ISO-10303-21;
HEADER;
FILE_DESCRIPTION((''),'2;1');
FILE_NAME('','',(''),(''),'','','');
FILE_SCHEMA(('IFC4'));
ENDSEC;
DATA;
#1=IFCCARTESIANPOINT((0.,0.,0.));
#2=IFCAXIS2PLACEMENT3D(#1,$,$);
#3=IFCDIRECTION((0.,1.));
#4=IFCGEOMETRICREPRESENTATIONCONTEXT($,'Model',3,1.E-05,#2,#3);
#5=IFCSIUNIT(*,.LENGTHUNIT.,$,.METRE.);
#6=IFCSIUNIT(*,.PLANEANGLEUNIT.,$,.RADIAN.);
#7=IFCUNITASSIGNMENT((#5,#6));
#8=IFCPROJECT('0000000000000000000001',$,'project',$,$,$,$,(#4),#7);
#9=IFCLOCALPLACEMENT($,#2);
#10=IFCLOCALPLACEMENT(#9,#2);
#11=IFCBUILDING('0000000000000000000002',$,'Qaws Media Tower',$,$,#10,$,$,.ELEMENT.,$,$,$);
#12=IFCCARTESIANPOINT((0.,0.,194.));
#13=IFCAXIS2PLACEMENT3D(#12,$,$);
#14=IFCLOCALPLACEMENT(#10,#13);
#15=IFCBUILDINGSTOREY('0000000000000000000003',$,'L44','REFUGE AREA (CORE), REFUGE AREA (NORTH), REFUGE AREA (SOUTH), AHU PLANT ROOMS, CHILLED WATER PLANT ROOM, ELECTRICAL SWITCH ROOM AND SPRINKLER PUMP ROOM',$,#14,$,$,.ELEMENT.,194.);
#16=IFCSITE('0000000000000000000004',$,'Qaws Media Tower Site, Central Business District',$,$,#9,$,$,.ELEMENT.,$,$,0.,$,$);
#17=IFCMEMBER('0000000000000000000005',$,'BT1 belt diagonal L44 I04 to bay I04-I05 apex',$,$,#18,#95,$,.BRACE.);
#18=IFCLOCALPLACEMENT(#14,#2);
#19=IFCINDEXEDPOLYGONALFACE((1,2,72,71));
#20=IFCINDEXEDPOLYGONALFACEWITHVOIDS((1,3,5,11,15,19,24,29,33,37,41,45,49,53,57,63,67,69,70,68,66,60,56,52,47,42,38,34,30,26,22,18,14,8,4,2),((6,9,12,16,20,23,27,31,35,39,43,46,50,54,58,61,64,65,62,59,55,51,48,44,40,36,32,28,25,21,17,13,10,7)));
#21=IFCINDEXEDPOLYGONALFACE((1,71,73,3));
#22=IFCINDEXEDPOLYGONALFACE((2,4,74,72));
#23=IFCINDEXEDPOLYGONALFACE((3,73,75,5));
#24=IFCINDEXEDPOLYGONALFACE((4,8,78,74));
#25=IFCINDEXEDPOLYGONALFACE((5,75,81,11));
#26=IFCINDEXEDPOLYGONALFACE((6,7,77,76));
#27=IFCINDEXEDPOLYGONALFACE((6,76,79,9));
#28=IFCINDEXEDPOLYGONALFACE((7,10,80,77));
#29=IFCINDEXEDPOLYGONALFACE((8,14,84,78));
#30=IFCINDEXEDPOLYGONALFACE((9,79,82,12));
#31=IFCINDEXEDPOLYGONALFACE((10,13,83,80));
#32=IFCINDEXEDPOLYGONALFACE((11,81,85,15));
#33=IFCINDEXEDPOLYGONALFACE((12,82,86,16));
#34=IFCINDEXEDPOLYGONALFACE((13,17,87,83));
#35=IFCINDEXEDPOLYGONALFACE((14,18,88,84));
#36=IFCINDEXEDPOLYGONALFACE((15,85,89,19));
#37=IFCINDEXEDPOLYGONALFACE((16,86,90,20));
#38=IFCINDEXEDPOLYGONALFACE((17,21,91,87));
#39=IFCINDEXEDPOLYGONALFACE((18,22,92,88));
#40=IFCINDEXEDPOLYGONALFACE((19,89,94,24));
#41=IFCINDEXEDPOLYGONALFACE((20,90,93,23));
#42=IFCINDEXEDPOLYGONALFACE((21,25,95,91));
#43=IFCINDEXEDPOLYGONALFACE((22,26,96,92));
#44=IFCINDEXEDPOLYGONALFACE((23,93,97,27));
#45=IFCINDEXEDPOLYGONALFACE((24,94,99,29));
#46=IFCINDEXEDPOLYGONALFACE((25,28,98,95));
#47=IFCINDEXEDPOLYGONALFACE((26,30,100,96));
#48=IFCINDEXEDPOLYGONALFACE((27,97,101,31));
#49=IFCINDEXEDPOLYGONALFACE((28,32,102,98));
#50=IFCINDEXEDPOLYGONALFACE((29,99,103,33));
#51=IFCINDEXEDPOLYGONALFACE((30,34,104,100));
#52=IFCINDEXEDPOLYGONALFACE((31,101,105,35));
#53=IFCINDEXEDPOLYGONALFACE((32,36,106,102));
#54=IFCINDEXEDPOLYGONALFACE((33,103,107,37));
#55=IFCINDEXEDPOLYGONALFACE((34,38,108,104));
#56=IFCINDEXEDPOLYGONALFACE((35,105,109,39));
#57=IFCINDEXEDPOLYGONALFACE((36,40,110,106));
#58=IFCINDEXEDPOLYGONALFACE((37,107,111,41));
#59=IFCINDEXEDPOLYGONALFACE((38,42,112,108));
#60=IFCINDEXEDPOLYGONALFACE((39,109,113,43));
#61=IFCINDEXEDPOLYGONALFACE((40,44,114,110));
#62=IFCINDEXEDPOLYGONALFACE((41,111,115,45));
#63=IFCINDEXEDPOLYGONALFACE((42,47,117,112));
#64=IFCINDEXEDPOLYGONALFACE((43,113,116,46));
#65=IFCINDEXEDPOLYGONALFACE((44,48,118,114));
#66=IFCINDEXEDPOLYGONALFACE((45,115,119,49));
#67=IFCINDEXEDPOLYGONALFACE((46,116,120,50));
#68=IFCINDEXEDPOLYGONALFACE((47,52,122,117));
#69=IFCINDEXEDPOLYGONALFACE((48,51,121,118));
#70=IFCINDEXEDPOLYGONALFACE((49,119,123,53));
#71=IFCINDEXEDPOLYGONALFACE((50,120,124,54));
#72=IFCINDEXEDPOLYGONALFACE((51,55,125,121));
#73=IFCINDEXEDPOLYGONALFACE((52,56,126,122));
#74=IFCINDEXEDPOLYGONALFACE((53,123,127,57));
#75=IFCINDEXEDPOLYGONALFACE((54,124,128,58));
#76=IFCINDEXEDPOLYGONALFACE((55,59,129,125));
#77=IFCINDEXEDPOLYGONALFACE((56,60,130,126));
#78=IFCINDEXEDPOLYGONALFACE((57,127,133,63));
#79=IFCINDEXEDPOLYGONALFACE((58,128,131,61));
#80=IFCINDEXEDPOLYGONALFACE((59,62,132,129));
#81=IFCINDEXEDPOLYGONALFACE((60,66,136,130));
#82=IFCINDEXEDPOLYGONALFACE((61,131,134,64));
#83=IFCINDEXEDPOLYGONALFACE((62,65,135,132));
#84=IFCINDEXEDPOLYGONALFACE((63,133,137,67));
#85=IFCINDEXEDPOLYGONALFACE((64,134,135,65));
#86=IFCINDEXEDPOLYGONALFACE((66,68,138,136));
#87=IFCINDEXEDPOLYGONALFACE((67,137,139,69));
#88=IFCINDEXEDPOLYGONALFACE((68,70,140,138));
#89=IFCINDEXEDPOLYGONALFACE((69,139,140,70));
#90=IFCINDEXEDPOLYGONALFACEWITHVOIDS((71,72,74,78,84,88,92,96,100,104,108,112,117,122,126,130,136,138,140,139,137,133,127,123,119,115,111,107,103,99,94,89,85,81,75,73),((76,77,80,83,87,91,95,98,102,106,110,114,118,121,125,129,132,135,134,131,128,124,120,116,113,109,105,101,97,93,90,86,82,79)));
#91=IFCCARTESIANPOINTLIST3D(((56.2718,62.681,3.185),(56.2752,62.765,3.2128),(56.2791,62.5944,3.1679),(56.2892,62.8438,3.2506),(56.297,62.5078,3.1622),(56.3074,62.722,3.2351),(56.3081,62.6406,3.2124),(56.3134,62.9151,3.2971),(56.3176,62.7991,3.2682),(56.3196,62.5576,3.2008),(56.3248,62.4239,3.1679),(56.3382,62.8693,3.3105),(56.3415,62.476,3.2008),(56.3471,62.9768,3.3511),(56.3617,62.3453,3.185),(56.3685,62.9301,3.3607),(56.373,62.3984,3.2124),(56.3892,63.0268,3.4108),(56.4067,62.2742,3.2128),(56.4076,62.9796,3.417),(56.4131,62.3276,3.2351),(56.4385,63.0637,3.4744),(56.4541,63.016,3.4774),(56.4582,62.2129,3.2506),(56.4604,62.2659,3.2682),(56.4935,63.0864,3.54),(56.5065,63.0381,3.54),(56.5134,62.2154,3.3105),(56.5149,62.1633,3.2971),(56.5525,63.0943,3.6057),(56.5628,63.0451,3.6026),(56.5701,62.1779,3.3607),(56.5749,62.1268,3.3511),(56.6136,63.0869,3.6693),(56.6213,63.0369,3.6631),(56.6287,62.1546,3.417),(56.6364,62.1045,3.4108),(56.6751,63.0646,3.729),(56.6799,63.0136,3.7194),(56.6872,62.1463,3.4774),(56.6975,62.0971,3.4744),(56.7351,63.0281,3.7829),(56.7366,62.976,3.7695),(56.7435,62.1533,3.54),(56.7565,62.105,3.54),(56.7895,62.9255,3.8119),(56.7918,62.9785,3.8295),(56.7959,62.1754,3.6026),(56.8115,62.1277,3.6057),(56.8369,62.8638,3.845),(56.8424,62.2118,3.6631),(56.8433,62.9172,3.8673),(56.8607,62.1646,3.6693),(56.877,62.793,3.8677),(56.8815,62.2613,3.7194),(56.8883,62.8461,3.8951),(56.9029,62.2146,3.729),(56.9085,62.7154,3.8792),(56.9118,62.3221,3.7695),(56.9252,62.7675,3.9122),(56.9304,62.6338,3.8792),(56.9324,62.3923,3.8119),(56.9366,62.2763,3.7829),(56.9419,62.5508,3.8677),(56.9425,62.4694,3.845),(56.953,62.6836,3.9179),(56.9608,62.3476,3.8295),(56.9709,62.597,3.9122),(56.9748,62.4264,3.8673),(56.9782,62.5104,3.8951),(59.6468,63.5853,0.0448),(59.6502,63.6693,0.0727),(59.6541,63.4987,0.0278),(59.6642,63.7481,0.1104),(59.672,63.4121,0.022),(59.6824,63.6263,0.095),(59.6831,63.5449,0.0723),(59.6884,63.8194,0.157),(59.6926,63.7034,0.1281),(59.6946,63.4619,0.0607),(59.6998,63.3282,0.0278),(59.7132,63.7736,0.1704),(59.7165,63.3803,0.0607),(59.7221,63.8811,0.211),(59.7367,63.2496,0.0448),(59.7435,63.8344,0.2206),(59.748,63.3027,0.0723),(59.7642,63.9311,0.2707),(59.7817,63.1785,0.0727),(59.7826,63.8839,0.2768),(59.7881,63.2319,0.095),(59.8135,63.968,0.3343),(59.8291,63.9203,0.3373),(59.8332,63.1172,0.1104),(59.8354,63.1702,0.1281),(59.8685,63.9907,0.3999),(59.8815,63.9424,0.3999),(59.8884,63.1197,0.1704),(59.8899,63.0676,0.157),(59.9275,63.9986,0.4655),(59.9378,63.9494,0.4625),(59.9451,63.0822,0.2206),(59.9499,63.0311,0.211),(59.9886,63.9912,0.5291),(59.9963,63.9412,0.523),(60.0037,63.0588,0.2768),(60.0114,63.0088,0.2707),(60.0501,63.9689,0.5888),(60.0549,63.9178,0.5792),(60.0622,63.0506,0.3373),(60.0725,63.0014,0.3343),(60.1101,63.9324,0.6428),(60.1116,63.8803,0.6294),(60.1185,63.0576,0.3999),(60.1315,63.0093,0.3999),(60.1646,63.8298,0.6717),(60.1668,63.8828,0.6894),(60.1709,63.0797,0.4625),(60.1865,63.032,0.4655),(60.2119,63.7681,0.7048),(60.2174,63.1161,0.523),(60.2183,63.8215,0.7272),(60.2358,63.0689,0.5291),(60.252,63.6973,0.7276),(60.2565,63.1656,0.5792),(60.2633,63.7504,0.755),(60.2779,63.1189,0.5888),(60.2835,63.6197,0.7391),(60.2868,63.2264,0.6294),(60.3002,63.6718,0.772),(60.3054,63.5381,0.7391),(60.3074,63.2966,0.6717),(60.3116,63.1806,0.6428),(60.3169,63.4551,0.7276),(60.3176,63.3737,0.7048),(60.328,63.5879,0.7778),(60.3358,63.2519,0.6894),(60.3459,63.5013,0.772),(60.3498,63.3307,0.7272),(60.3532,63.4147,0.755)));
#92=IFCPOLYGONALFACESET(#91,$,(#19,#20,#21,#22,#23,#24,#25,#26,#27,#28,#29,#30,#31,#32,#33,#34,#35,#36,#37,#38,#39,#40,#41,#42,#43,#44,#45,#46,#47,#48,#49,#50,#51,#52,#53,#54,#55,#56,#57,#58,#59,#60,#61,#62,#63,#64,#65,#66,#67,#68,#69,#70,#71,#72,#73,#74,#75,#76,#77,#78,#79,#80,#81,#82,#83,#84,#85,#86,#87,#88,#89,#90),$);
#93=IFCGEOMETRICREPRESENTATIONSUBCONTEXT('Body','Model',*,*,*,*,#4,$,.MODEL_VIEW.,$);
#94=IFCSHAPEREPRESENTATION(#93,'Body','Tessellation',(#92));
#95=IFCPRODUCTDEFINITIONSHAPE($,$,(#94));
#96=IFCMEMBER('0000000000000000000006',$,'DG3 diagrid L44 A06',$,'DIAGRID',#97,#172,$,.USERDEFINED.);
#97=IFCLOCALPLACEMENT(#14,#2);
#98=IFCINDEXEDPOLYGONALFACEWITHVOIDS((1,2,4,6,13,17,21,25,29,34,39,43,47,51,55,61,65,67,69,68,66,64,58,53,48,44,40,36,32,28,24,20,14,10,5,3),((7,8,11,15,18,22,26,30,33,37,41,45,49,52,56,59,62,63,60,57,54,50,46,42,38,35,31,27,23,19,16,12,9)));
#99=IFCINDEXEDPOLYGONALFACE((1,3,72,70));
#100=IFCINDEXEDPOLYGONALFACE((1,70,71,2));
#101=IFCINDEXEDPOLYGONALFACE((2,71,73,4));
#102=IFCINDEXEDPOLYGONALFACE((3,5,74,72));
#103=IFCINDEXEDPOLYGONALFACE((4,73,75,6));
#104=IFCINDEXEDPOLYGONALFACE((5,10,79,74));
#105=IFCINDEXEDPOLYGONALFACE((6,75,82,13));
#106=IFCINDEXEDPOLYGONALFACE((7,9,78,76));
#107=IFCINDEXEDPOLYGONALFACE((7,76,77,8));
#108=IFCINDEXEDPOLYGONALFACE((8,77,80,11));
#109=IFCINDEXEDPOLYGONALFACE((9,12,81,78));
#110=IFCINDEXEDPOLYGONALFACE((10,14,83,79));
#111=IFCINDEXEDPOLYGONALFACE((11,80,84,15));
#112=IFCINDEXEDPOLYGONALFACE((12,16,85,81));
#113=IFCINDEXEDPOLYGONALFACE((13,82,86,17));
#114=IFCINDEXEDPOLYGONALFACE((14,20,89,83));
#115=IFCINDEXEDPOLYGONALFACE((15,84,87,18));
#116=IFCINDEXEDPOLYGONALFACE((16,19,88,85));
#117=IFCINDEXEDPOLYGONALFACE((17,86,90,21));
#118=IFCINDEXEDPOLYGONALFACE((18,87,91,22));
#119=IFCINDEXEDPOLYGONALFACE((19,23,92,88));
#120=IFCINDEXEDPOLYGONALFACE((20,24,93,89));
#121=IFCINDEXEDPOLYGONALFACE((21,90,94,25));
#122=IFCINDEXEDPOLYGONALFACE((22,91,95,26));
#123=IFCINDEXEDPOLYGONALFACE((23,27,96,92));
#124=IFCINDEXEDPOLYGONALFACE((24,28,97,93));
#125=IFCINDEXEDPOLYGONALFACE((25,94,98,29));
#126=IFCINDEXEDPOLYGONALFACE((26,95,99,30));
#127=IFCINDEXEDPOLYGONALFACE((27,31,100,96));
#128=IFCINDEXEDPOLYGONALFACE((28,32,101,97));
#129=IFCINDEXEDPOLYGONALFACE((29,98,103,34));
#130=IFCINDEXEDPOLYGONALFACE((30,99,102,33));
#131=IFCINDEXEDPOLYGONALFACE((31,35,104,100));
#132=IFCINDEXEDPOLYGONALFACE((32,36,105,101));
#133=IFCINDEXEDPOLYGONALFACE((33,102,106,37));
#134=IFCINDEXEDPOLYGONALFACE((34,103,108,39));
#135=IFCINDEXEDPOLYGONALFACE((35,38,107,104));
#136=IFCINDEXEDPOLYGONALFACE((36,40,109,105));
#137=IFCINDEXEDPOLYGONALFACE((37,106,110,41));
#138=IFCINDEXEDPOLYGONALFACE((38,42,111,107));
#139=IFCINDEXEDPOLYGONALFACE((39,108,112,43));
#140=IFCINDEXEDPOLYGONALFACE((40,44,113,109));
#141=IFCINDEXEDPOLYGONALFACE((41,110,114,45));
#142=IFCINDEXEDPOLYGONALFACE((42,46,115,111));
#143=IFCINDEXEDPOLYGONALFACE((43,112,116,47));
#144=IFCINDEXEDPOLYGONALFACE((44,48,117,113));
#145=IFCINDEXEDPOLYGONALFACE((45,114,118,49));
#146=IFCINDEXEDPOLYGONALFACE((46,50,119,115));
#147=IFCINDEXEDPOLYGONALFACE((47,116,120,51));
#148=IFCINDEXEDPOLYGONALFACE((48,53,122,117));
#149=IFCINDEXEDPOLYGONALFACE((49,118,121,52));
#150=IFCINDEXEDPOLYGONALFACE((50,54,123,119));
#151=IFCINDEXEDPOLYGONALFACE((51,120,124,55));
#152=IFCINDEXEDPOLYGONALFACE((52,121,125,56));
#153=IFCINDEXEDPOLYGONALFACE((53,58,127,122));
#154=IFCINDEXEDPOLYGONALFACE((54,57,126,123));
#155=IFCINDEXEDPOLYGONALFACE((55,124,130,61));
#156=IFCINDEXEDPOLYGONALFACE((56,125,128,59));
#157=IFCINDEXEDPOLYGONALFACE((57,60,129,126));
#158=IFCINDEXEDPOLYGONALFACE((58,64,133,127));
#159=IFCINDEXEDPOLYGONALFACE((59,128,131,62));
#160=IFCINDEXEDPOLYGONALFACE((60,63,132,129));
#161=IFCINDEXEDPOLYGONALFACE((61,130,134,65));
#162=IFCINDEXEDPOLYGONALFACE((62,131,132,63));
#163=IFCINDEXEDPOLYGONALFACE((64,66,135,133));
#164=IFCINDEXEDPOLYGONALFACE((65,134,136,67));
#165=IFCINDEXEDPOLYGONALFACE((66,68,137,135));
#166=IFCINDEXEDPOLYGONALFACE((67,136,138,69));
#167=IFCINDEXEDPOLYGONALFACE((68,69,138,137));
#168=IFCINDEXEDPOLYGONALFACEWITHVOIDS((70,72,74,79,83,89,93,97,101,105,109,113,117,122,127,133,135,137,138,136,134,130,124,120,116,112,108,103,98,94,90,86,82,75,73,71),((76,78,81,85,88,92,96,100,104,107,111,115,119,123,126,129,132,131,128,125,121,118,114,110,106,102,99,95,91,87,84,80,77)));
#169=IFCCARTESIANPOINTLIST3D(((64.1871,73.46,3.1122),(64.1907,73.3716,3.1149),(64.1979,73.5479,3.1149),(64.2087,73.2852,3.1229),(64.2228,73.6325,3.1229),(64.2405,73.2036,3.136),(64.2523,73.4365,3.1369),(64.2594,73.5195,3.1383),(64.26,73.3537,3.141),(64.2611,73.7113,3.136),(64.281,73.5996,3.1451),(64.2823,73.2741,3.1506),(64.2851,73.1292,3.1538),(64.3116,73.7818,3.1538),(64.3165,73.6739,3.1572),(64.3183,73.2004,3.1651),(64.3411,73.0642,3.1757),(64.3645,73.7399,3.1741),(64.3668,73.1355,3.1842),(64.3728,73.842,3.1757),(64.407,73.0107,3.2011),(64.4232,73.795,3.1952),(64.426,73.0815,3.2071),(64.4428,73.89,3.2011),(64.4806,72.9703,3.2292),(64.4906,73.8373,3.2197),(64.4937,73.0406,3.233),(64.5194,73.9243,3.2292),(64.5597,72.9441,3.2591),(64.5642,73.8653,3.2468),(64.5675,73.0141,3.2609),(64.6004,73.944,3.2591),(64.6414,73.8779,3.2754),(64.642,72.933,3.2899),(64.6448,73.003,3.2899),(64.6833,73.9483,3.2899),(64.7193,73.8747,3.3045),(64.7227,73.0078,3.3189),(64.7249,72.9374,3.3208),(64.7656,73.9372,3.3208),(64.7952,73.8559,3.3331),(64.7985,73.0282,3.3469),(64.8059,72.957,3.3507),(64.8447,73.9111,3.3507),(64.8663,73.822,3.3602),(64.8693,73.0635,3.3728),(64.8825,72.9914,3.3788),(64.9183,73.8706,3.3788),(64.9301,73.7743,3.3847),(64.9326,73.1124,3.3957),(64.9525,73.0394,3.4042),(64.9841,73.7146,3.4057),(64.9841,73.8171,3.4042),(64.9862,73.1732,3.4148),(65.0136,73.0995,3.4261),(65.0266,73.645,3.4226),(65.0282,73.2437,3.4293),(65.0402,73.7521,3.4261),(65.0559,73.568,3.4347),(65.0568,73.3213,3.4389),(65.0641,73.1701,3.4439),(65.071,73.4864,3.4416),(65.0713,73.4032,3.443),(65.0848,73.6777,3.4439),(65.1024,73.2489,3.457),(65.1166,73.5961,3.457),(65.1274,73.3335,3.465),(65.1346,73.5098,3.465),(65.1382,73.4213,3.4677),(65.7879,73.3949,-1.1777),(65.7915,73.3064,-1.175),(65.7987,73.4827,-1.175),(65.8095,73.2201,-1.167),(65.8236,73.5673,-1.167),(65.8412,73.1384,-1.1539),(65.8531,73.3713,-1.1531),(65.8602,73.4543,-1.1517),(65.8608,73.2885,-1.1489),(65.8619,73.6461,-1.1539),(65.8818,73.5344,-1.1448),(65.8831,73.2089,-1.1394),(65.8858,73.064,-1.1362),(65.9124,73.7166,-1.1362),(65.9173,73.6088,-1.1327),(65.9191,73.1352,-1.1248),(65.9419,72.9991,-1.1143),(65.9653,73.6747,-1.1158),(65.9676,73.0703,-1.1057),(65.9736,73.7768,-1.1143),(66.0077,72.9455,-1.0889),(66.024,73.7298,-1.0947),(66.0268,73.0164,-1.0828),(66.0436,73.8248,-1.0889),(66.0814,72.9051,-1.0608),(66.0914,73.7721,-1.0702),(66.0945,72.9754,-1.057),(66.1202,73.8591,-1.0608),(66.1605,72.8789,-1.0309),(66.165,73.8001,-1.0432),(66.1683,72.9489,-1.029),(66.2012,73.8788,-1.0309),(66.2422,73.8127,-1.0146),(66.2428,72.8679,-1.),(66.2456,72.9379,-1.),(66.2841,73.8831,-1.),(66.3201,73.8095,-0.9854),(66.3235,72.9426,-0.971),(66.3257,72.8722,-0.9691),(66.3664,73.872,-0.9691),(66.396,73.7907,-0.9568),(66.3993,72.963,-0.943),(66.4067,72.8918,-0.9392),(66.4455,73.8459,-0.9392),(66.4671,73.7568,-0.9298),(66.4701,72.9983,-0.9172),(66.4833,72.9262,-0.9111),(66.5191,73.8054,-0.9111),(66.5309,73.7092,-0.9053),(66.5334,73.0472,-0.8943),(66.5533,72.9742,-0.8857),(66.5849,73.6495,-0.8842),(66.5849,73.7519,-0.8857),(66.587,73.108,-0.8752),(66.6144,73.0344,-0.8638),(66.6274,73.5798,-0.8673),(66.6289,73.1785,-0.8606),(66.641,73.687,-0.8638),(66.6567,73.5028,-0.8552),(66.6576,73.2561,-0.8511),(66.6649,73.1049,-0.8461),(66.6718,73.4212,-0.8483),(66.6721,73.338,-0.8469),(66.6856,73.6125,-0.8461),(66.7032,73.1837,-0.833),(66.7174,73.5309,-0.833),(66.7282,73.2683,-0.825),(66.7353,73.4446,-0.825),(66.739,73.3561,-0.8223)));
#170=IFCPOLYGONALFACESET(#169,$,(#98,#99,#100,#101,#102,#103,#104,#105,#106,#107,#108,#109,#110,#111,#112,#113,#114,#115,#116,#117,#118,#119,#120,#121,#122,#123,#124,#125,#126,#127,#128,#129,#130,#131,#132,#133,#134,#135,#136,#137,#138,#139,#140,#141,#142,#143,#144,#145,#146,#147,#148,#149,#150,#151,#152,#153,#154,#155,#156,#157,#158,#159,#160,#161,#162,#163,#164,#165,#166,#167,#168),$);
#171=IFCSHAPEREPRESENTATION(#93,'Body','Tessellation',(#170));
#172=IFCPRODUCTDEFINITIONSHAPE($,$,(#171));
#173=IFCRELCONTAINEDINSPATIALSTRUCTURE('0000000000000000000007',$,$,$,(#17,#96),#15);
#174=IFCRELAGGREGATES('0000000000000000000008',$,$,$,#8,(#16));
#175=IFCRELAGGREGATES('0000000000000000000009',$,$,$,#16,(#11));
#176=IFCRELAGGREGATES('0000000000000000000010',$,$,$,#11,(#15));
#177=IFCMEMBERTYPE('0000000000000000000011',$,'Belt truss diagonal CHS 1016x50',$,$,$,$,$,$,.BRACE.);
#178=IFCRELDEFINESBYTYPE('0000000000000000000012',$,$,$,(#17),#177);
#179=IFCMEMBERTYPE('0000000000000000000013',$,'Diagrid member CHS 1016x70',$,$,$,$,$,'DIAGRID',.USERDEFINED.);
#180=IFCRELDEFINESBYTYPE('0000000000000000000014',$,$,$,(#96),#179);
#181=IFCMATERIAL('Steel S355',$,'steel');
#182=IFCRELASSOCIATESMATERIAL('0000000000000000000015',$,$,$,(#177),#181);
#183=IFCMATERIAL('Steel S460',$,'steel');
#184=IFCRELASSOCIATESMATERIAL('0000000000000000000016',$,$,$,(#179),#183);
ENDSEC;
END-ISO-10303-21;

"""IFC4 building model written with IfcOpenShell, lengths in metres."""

from ifc_helpers import new_model, si_unit, direction, frame, origin, origin_2d, place, context, subcontext, project, spatial, hollow_circle, extrude, material, material_profile, profile_set, type_object, element, save


model = new_model("IFC4")

# Units and contexts
model_context = context("Model", 3, precision=1e-05, world=origin(), true_north=direction((0.0, 1.0)))
body_context = subcontext(model_context, "Body", "Model", "MODEL_VIEW")
ifc_project = project(units=[si_unit("LENGTHUNIT", "METRE"), si_unit("PLANEANGLEUNIT", "RADIAN")], contexts=[model_context])

# Site, building, storey
site_placement = place(None, origin())
site = spatial("IfcSite", under=ifc_project, at=site_placement, Name="Qaws Media Tower Site, Central Business District", CompositionType="ELEMENT", RefElevation=0.0)
building_placement = place(site_placement, origin())
building = spatial("IfcBuilding", under=site, at=building_placement, Name="Qaws Media Tower", CompositionType="ELEMENT")
storey_placement = place(building_placement, frame((0.0, 0.0, 194.0)))
storey = spatial("IfcBuildingStorey", under=building, at=storey_placement, Name="L44", Description="REFUGE AREA (CORE), REFUGE AREA (NORTH), REFUGE AREA (SOUTH), AHU PLANT ROOMS, CHILLED WATER PLANT ROOM, ELECTRICAL SWITCH ROOM AND SPRINKLER PUMP ROOM", CompositionType="ELEMENT", Elevation=194.0)

# Members
ifc_material_1 = material(Name="Steel S355", Category="steel")
ifc_material_profile_1 = material_profile(ifc_material_1, hollow_circle(Radius=0.5081, WallThickness=0.05, at=origin_2d()), Name="CHS 1016x50")
ifc_profile_set_1 = profile_set([ifc_material_profile_1], Name="Steel S355")
member_type_1 = type_object("IfcMemberType", Name="Belt truss diagonal CHS 1016x50", PredefinedType="BRACE", material=ifc_profile_set_1)
for number, where, z_axis, x_axis, name in (
    (1, (60.0, 63.5, 0.3999), (-0.718429, -0.192496, 0.668434), (0.258811, -0.965928, 0.0), "BT1 belt diagonal L44 I04 to bay I04-I05 apex"),
):
    element("IfcMember", number, at=place(storey_placement, frame(where, z_axis=z_axis, x_axis=x_axis)), inside=storey, type_object=member_type_1, Name=name, PredefinedType="BRACE", context=body_context, shape_type="SweptSolid", body=[
        extrude(hollow_circle(Radius=0.5081, WallThickness=0.05, at=origin_2d()), origin(), (0.0, 0.0, 1.0), 4.6978),
    ])
ifc_material_2 = material(Name="Steel S460", Category="steel")
ifc_material_profile_2 = material_profile(ifc_material_2, hollow_circle(Radius=0.5081, WallThickness=0.0701, at=origin_2d()), Name="CHS 1016x70")
ifc_profile_set_2 = profile_set([ifc_material_profile_2], Name="Steel S460")
member_type_2 = type_object("IfcMemberType", Name="Diagrid member CHS 1016x70", ElementType="DIAGRID", PredefinedType="USERDEFINED", material=ifc_profile_set_2)
for number, where, z_axis, x_axis, name in (
    (2, (66.2634, 73.3755, -1.0), (-0.349568, 0.014234, 0.936803), (-0.040686, -0.999172, 0.0), "DG3 diagrid L44 A06"),
):
    element("IfcMember", number, at=place(storey_placement, frame(where, z_axis=z_axis, x_axis=x_axis)), inside=storey, type_object=member_type_2, Name=name, ObjectType="DIAGRID", PredefinedType="USERDEFINED", context=body_context, shape_type="SweptSolid", body=[
        extrude(hollow_circle(Radius=0.5081, WallThickness=0.0701, at=origin_2d()), origin(), (0.0, 0.0, 1.0), 4.5793),
    ])

save(model, "model.ifc")
